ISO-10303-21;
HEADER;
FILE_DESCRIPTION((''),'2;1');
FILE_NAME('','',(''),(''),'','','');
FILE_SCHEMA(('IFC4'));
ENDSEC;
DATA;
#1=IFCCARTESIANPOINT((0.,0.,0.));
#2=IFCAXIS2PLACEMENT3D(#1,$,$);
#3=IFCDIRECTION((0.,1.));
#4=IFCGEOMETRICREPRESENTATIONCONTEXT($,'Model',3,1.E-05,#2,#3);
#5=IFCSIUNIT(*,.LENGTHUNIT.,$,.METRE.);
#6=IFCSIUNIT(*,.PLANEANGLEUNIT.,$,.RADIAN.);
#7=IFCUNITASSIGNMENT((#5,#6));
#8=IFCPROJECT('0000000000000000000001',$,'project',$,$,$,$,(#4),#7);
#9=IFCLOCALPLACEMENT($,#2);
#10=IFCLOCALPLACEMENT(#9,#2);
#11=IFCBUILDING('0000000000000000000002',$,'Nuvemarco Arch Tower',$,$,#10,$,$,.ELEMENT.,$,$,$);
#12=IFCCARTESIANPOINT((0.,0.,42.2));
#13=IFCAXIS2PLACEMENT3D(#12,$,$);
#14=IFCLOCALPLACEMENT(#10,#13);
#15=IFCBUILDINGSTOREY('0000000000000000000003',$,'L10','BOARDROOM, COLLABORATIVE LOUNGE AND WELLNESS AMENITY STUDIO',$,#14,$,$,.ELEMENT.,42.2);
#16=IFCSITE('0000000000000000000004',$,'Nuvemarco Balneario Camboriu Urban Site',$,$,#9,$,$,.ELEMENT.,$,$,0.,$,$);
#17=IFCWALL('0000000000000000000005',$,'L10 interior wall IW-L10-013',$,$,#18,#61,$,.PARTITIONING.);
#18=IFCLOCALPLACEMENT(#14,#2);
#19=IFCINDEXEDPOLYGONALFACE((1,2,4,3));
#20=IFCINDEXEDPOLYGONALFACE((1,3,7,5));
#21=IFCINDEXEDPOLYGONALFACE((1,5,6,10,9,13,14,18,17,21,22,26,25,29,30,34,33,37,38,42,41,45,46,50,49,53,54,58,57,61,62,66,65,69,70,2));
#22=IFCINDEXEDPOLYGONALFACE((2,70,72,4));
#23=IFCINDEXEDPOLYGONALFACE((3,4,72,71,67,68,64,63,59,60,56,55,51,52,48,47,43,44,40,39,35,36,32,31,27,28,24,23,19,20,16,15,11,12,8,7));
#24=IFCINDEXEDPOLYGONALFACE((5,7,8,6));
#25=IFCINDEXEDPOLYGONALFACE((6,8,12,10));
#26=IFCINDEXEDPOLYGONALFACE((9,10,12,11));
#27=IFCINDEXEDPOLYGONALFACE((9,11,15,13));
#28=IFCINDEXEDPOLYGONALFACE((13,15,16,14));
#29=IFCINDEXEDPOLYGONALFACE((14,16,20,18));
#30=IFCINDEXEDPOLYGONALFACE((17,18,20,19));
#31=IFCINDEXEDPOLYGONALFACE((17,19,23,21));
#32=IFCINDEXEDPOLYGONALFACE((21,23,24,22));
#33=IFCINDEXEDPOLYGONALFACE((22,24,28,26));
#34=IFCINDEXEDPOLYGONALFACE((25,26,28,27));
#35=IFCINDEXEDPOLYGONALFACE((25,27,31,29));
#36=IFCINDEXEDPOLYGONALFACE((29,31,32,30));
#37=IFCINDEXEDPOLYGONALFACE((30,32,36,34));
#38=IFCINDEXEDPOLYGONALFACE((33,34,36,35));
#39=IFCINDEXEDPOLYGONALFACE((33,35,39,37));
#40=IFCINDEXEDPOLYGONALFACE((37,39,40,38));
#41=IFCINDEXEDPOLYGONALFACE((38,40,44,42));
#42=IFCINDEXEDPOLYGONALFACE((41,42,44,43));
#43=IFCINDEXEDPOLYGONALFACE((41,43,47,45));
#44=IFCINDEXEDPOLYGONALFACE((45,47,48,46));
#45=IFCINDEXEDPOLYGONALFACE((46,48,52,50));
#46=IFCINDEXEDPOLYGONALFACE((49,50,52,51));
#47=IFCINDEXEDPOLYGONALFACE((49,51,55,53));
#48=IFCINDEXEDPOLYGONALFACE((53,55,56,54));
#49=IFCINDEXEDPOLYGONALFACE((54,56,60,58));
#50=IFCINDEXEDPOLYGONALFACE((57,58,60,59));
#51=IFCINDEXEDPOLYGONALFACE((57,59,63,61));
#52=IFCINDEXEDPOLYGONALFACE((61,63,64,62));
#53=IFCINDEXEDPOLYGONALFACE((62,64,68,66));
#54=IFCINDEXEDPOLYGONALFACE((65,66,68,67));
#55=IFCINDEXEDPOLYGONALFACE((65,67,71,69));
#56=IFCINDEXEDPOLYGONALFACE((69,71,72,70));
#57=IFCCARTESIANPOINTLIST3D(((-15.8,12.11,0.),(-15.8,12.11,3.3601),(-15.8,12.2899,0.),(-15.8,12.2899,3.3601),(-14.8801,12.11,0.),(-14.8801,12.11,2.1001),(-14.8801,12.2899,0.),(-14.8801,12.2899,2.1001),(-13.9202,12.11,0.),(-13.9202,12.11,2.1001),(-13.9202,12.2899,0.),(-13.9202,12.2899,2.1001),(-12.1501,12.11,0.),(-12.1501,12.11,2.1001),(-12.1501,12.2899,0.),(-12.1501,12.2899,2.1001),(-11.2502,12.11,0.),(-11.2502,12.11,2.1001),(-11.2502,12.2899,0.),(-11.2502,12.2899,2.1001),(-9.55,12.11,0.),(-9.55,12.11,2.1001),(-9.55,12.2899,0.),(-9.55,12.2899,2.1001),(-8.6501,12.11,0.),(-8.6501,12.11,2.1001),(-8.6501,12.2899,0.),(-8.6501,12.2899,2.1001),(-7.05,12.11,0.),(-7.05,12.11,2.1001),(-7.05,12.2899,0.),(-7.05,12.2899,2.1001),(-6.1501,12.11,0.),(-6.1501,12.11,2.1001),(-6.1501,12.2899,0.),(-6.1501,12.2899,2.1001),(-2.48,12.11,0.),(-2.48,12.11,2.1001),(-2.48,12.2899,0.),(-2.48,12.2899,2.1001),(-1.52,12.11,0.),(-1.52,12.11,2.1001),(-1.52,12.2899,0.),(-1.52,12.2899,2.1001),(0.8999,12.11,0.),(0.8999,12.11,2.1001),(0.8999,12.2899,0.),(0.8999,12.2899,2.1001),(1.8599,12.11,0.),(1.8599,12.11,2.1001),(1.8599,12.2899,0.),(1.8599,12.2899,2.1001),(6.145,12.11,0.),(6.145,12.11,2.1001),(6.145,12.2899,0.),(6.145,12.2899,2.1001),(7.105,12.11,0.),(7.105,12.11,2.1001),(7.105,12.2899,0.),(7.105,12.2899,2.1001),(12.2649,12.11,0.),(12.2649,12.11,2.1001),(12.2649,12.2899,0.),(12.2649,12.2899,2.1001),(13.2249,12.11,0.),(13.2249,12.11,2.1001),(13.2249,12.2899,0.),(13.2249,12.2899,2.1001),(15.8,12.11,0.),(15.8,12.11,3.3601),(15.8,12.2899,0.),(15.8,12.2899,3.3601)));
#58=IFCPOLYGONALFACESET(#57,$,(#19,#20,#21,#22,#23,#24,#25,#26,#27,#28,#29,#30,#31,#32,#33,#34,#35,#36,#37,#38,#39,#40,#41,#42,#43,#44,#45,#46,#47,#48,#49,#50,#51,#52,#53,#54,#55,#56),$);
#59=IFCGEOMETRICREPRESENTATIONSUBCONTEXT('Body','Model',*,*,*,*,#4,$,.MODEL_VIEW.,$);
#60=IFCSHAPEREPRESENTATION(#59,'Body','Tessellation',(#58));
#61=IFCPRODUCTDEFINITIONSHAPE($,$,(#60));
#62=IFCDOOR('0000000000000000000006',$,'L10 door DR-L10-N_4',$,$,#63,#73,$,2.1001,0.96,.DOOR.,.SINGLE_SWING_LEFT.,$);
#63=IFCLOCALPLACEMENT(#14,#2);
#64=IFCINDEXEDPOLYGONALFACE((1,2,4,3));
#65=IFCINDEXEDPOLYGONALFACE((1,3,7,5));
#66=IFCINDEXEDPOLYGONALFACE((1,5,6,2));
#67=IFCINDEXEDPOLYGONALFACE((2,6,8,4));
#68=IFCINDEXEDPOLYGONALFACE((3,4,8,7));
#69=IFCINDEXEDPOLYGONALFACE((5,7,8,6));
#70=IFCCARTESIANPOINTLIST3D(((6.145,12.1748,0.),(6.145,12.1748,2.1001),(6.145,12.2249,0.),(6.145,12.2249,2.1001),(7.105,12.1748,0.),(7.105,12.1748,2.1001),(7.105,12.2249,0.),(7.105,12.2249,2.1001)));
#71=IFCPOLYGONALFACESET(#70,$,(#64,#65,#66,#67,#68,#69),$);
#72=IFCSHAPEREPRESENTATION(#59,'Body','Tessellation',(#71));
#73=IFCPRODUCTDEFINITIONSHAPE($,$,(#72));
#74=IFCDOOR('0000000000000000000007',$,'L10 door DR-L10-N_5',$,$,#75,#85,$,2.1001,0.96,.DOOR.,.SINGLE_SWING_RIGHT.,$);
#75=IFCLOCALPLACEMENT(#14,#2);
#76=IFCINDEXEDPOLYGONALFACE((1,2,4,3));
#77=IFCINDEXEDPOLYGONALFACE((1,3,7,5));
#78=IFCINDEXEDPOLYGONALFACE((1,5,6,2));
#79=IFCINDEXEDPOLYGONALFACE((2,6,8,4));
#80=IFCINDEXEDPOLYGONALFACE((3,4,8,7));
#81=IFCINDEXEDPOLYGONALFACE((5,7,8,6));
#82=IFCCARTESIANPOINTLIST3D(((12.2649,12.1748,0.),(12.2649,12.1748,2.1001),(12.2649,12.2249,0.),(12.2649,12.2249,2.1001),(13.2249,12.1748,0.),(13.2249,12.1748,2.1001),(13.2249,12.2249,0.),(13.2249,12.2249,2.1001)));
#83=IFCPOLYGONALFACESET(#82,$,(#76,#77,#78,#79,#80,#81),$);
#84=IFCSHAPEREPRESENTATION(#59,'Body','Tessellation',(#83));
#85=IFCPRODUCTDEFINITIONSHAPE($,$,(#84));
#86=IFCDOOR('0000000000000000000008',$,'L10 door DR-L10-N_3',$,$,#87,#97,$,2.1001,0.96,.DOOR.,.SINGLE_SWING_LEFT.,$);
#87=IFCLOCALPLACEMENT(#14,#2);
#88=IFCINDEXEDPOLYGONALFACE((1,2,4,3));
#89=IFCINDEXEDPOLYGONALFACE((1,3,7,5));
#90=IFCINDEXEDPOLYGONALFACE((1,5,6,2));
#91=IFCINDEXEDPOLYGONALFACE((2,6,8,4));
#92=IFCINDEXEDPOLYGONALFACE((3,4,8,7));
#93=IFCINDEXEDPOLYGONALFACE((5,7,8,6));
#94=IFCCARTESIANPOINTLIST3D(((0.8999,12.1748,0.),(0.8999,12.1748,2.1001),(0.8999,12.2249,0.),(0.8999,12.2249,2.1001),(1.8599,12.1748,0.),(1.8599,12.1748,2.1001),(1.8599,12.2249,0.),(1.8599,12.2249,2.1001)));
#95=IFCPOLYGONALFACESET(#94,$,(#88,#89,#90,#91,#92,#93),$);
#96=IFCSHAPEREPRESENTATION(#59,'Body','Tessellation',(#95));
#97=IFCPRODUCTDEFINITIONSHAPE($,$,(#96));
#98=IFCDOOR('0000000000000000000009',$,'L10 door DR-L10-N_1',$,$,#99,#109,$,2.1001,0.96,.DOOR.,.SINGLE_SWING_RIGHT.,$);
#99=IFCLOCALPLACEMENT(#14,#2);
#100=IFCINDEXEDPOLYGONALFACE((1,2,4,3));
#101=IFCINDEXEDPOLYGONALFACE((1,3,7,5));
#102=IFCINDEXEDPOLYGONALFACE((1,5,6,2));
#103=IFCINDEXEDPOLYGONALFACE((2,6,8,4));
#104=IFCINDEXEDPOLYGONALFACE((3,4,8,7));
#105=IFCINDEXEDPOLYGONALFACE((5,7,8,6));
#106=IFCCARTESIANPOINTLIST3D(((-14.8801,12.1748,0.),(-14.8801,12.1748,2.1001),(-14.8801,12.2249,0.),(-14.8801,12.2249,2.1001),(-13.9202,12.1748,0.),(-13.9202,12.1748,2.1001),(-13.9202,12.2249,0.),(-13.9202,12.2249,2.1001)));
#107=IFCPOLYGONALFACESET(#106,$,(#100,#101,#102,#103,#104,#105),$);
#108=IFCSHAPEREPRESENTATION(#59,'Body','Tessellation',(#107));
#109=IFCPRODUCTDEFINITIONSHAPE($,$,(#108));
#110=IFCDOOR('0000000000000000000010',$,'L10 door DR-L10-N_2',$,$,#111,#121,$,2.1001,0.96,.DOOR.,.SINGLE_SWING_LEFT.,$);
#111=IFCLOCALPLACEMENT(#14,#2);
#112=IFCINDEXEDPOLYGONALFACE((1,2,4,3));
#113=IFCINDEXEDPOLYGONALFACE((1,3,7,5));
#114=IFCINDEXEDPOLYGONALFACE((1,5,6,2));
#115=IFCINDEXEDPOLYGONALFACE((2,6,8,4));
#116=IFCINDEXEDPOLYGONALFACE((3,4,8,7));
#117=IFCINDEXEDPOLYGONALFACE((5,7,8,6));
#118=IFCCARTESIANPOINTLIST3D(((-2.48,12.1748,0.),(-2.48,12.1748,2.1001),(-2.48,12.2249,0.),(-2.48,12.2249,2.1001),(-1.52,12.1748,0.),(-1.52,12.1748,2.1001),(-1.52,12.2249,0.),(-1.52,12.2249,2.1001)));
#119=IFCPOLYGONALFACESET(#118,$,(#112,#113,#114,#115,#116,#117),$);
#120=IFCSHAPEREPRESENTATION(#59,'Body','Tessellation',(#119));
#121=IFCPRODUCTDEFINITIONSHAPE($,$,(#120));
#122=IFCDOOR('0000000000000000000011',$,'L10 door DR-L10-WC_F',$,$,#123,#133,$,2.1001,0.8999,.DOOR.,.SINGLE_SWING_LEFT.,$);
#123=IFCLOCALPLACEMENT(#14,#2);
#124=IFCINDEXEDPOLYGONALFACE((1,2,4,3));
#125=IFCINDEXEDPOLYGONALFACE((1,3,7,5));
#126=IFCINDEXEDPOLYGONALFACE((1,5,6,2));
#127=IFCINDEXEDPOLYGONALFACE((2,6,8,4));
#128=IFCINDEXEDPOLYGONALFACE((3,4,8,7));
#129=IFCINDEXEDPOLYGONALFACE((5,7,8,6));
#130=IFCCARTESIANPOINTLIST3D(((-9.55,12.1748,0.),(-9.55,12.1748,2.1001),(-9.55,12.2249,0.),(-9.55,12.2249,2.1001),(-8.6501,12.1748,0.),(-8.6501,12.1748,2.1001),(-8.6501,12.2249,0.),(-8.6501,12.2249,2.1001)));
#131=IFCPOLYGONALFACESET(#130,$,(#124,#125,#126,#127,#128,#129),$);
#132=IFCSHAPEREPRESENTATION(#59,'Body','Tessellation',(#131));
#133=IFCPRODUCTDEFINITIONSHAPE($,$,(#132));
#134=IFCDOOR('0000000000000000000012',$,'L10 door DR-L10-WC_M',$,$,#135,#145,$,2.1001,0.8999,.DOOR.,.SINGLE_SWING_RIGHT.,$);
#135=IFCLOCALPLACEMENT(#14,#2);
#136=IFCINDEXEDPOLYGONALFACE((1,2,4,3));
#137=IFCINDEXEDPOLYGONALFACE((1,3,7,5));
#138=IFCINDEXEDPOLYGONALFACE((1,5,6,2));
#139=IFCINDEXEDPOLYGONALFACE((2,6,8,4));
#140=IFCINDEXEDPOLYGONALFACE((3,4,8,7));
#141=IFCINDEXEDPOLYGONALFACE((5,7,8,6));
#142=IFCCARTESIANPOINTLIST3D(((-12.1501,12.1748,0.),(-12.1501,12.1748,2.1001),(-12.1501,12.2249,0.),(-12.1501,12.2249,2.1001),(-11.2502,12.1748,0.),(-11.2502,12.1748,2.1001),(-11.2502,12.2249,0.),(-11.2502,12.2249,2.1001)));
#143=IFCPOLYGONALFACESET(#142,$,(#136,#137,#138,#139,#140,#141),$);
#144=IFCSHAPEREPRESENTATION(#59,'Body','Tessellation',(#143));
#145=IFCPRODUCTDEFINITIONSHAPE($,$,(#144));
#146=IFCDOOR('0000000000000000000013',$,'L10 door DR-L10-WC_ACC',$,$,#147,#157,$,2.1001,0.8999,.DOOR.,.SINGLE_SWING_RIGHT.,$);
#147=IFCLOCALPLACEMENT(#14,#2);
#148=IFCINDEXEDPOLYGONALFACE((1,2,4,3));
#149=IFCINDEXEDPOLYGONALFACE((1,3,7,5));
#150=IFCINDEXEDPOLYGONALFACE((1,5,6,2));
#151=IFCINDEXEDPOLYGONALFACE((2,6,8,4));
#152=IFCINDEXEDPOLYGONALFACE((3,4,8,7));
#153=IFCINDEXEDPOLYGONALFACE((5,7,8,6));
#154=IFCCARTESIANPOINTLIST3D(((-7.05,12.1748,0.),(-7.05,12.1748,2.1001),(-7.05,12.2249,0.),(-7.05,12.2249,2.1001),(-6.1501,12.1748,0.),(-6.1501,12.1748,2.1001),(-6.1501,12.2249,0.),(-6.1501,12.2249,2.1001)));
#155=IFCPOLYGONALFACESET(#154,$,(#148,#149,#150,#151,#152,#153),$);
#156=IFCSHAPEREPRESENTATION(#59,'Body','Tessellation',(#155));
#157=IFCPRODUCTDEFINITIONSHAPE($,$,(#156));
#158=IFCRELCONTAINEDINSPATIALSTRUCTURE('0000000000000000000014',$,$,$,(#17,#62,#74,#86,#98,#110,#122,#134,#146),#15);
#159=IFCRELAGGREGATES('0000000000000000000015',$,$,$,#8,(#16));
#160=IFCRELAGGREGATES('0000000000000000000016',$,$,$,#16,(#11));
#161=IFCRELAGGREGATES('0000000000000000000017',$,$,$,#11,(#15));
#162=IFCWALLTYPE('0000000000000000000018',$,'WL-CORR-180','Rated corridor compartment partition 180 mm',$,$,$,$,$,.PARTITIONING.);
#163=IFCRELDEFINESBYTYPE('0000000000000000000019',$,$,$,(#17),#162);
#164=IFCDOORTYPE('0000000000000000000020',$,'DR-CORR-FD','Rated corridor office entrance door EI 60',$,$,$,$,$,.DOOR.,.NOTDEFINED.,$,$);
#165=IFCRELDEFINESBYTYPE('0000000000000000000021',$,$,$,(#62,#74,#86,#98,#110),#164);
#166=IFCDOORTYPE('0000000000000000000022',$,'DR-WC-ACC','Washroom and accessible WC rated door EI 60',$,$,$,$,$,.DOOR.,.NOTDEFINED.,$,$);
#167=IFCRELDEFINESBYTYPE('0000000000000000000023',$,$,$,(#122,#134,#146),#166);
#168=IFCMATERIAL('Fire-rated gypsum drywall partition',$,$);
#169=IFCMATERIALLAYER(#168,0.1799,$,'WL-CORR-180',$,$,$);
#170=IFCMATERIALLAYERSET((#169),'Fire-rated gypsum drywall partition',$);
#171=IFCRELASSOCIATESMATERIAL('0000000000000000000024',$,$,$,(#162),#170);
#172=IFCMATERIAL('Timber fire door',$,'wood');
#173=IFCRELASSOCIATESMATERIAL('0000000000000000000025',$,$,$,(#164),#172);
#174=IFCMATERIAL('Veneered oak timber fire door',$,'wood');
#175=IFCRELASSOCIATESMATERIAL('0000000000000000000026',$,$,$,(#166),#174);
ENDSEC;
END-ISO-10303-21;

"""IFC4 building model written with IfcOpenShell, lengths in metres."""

from ifc_helpers import new_model, si_unit, direction, frame, frame_2d, origin, place, context, subcontext, project, spatial, rectangle, extrude, source, transform, mapped, material, layer, layer_set, type_object, type_shapes, element, fill, save


model = new_model("IFC4")

# Units and contexts
model_context = context("Model", 3, precision=1e-05, world=origin(), true_north=direction((0.0, 1.0)))
body_context = subcontext(model_context, "Body", "Model", "MODEL_VIEW")
ifc_project = project(units=[si_unit("LENGTHUNIT", "METRE"), si_unit("PLANEANGLEUNIT", "RADIAN")], contexts=[model_context])

# Site, building, storey
site_placement = place(None, origin())
site = spatial("IfcSite", under=ifc_project, at=site_placement, Name="Nuvemarco Balneario Camboriu Urban Site", CompositionType="ELEMENT", RefElevation=0.0)
building_placement = place(site_placement, origin())
building = spatial("IfcBuilding", under=site, at=building_placement, Name="Nuvemarco Arch Tower", CompositionType="ELEMENT")
storey_placement = place(building_placement, frame((0.0, 0.0, 42.2)))
storey = spatial("IfcBuildingStorey", under=building, at=storey_placement, Name="L10", Description="BOARDROOM, COLLABORATIVE LOUNGE AND WELLNESS AMENITY STUDIO", CompositionType="ELEMENT", Elevation=42.2)

# Wall, openings, doors
ifc_material_1 = material(Name="Fire-rated gypsum drywall partition")
ifc_layer_1 = layer(ifc_material_1, 0.1799, Name="WL-CORR-180")
ifc_layer_set_1 = layer_set([ifc_layer_1], Name="Fire-rated gypsum drywall partition")
wall_type_1 = type_object("IfcWallType", Name="WL-CORR-180", Description="Rated corridor compartment partition 180 mm", PredefinedType="PARTITIONING", material=ifc_layer_set_1)
wall_1_placement = place(storey_placement, frame((-15.8, 12.2, 0.0), z_axis=(0.0, 0.0, 1.0), x_axis=(1.0, 0.0, 0.0)))
wall_1 = element("IfcWall", 1, at=wall_1_placement, inside=storey, type_object=wall_type_1, Name="L10 interior wall IW-L10-013", PredefinedType="PARTITIONING", context=body_context, shape_type="SweptSolid", body=[
    extrude(rectangle(XDim=31.6001, YDim=0.1799, at=frame_2d((15.8, 0.0))), origin(), (0.0, 0.0, 1.0), 3.3601),
])
opening_1_placement = place(wall_1_placement, frame((21.9451, 0.0, 0.0)))
opening_1 = element("IfcOpeningElement", 2, at=opening_1_placement, cuts=wall_1, PredefinedType="OPENING", context=body_context, shape_type="SweptSolid", body=[
    extrude(rectangle(XDim=0.96, YDim=2.1001, at=frame_2d((0.48, 1.05))), frame((0.0, 0.0999, 0.0), z_axis=(0.0, -1.0, 0.0), x_axis=(1.0, 0.0, 0.0)), (0.0, 0.0, 1.0), 0.2),
])
opening_2_placement = place(wall_1_placement, frame((28.0649, 0.0, 0.0)))
opening_2 = element("IfcOpeningElement", 3, at=opening_2_placement, cuts=wall_1, PredefinedType="OPENING", context=body_context, shape_type="SweptSolid", body=[
    extrude(rectangle(XDim=0.96, YDim=2.1001, at=frame_2d((0.48, 1.05))), frame((0.0, 0.0999, 0.0), z_axis=(0.0, -1.0, 0.0), x_axis=(1.0, 0.0, 0.0)), (0.0, 0.0, 1.0), 0.2),
])
opening_3_placement = place(wall_1_placement, frame((16.7, 0.0, 0.0)))
opening_3 = element("IfcOpeningElement", 4, at=opening_3_placement, cuts=wall_1, PredefinedType="OPENING", context=body_context, shape_type="SweptSolid", body=[
    extrude(rectangle(XDim=0.96, YDim=2.1001, at=frame_2d((0.48, 1.05))), frame((0.0, 0.0999, 0.0), z_axis=(0.0, -1.0, 0.0), x_axis=(1.0, 0.0, 0.0)), (0.0, 0.0, 1.0), 0.2),
])
opening_4_placement = place(wall_1_placement, frame((0.9199, 0.0, 0.0)))
opening_4 = element("IfcOpeningElement", 5, at=opening_4_placement, cuts=wall_1, PredefinedType="OPENING", context=body_context, shape_type="SweptSolid", body=[
    extrude(rectangle(XDim=0.96, YDim=2.1001, at=frame_2d((0.48, 1.05))), frame((0.0, 0.0999, 0.0), z_axis=(0.0, -1.0, 0.0), x_axis=(1.0, 0.0, 0.0)), (0.0, 0.0, 1.0), 0.2),
])
opening_5_placement = place(wall_1_placement, frame((6.25, 0.0, 0.0)))
opening_5 = element("IfcOpeningElement", 6, at=opening_5_placement, cuts=wall_1, PredefinedType="OPENING", context=body_context, shape_type="SweptSolid", body=[
    extrude(rectangle(XDim=0.8999, YDim=2.1001, at=frame_2d((0.45, 1.05))), frame((0.0, 0.0999, 0.0), z_axis=(0.0, -1.0, 0.0), x_axis=(1.0, 0.0, 0.0)), (0.0, 0.0, 1.0), 0.2),
])
opening_6_placement = place(wall_1_placement, frame((3.6499, 0.0, 0.0)))
opening_6 = element("IfcOpeningElement", 7, at=opening_6_placement, cuts=wall_1, PredefinedType="OPENING", context=body_context, shape_type="SweptSolid", body=[
    extrude(rectangle(XDim=0.8999, YDim=2.1001, at=frame_2d((0.45, 1.05))), frame((0.0, 0.0999, 0.0), z_axis=(0.0, -1.0, 0.0), x_axis=(1.0, 0.0, 0.0)), (0.0, 0.0, 1.0), 0.2),
])
opening_7_placement = place(wall_1_placement, frame((13.3201, 0.0, 0.0)))
opening_7 = element("IfcOpeningElement", 8, at=opening_7_placement, cuts=wall_1, PredefinedType="OPENING", context=body_context, shape_type="SweptSolid", body=[
    extrude(rectangle(XDim=0.96, YDim=2.1001, at=frame_2d((0.48, 1.05))), frame((0.0, 0.0999, 0.0), z_axis=(0.0, -1.0, 0.0), x_axis=(1.0, 0.0, 0.0)), (0.0, 0.0, 1.0), 0.2),
])
opening_8_placement = place(wall_1_placement, frame((8.75, 0.0, 0.0)))
opening_8 = element("IfcOpeningElement", 9, at=opening_8_placement, cuts=wall_1, PredefinedType="OPENING", context=body_context, shape_type="SweptSolid", body=[
    extrude(rectangle(XDim=0.8999, YDim=2.1001, at=frame_2d((0.45, 1.05))), frame((0.0, 0.0999, 0.0), z_axis=(0.0, -1.0, 0.0), x_axis=(1.0, 0.0, 0.0)), (0.0, 0.0, 1.0), 0.2),
])
ifc_material_2 = material(Name="Timber fire door", Category="wood")
door_type_1 = type_object("IfcDoorType", Name="DR-CORR-FD", Description="Rated corridor office entrance door EI 60", OperationType="NOTDEFINED", PredefinedType="DOOR", material=ifc_material_2)
shared_shape_1 = source(origin(), body_context, "Body", "SweptSolid", [
    extrude(rectangle(XDim=0.96, YDim=2.1001, at=frame_2d((0.48, 1.05))), frame((0.0, 0.0249, 0.0), z_axis=(0.0, -1.0, 0.0), x_axis=(1.0, 0.0, 0.0)), (0.0, 0.0, 1.0), 0.05),
])
type_shapes(door_type_1, [shared_shape_1])
door_1_placement = place(opening_1_placement, origin())
door_1 = element("IfcDoor", 10, at=door_1_placement, inside=storey, type_object=door_type_1, Name="L10 door DR-L10-N_4", OperationType="SINGLE_SWING_LEFT", OverallHeight=2.1001, OverallWidth=0.96, PredefinedType="DOOR", context=body_context, shape_type="MappedRepresentation", body=[
    mapped(shared_shape_1, transform((0.0, 0.0, 0.0), scale=1.0)),
])
fill(opening_1, door_1)
door_2_placement = place(opening_2_placement, origin())
door_2 = element("IfcDoor", 11, at=door_2_placement, inside=storey, type_object=door_type_1, Name="L10 door DR-L10-N_5", OperationType="SINGLE_SWING_RIGHT", OverallHeight=2.1001, OverallWidth=0.96, PredefinedType="DOOR", context=body_context, shape_type="MappedRepresentation", body=[
    mapped(shared_shape_1, transform((0.0, 0.0, 0.0), scale=1.0)),
])
fill(opening_2, door_2)
door_3_placement = place(opening_3_placement, origin())
door_3 = element("IfcDoor", 12, at=door_3_placement, inside=storey, type_object=door_type_1, Name="L10 door DR-L10-N_3", OperationType="SINGLE_SWING_LEFT", OverallHeight=2.1001, OverallWidth=0.96, PredefinedType="DOOR", context=body_context, shape_type="MappedRepresentation", body=[
    mapped(shared_shape_1, transform((0.0, 0.0, 0.0), scale=1.0)),
])
fill(opening_3, door_3)
door_4_placement = place(opening_4_placement, origin())
door_4 = element("IfcDoor", 13, at=door_4_placement, inside=storey, type_object=door_type_1, Name="L10 door DR-L10-N_1", OperationType="SINGLE_SWING_RIGHT", OverallHeight=2.1001, OverallWidth=0.96, PredefinedType="DOOR", context=body_context, shape_type="MappedRepresentation", body=[
    mapped(shared_shape_1, transform((0.0, 0.0, 0.0), scale=1.0)),
])
fill(opening_4, door_4)
door_5_placement = place(opening_7_placement, origin())
door_5 = element("IfcDoor", 14, at=door_5_placement, inside=storey, type_object=door_type_1, Name="L10 door DR-L10-N_2", OperationType="SINGLE_SWING_LEFT", OverallHeight=2.1001, OverallWidth=0.96, PredefinedType="DOOR", context=body_context, shape_type="MappedRepresentation", body=[
    mapped(shared_shape_1, transform((0.0, 0.0, 0.0), scale=1.0)),
])
fill(opening_7, door_5)
ifc_material_3 = material(Name="Veneered oak timber fire door", Category="wood")
door_type_2 = type_object("IfcDoorType", Name="DR-WC-ACC", Description="Washroom and accessible WC rated door EI 60", OperationType="NOTDEFINED", PredefinedType="DOOR", material=ifc_material_3)
shared_shape_2 = source(origin(), body_context, "Body", "SweptSolid", [
    extrude(rectangle(XDim=0.8999, YDim=2.1001, at=frame_2d((0.45, 1.05))), frame((0.0, 0.0249, 0.0), z_axis=(0.0, -1.0, 0.0), x_axis=(1.0, 0.0, 0.0)), (0.0, 0.0, 1.0), 0.05),
])
type_shapes(door_type_2, [shared_shape_2])
door_6_placement = place(opening_5_placement, origin())
door_6 = element("IfcDoor", 15, at=door_6_placement, inside=storey, type_object=door_type_2, Name="L10 door DR-L10-WC_F", OperationType="SINGLE_SWING_LEFT", OverallHeight=2.1001, OverallWidth=0.8999, PredefinedType="DOOR", context=body_context, shape_type="MappedRepresentation", body=[
    mapped(shared_shape_2, transform((0.0, 0.0, 0.0), scale=1.0)),
])
fill(opening_5, door_6)
door_7_placement = place(opening_6_placement, origin())
door_7 = element("IfcDoor", 16, at=door_7_placement, inside=storey, type_object=door_type_2, Name="L10 door DR-L10-WC_M", OperationType="SINGLE_SWING_RIGHT", OverallHeight=2.1001, OverallWidth=0.8999, PredefinedType="DOOR", context=body_context, shape_type="MappedRepresentation", body=[
    mapped(shared_shape_2, transform((0.0, 0.0, 0.0), scale=1.0)),
])
fill(opening_6, door_7)
door_8_placement = place(opening_8_placement, origin())
door_8 = element("IfcDoor", 17, at=door_8_placement, inside=storey, type_object=door_type_2, Name="L10 door DR-L10-WC_ACC", OperationType="SINGLE_SWING_RIGHT", OverallHeight=2.1001, OverallWidth=0.8999, PredefinedType="DOOR", context=body_context, shape_type="MappedRepresentation", body=[
    mapped(shared_shape_2, transform((0.0, 0.0, 0.0), scale=1.0)),
])
fill(opening_8, door_8)

save(model, "model.ifc")
